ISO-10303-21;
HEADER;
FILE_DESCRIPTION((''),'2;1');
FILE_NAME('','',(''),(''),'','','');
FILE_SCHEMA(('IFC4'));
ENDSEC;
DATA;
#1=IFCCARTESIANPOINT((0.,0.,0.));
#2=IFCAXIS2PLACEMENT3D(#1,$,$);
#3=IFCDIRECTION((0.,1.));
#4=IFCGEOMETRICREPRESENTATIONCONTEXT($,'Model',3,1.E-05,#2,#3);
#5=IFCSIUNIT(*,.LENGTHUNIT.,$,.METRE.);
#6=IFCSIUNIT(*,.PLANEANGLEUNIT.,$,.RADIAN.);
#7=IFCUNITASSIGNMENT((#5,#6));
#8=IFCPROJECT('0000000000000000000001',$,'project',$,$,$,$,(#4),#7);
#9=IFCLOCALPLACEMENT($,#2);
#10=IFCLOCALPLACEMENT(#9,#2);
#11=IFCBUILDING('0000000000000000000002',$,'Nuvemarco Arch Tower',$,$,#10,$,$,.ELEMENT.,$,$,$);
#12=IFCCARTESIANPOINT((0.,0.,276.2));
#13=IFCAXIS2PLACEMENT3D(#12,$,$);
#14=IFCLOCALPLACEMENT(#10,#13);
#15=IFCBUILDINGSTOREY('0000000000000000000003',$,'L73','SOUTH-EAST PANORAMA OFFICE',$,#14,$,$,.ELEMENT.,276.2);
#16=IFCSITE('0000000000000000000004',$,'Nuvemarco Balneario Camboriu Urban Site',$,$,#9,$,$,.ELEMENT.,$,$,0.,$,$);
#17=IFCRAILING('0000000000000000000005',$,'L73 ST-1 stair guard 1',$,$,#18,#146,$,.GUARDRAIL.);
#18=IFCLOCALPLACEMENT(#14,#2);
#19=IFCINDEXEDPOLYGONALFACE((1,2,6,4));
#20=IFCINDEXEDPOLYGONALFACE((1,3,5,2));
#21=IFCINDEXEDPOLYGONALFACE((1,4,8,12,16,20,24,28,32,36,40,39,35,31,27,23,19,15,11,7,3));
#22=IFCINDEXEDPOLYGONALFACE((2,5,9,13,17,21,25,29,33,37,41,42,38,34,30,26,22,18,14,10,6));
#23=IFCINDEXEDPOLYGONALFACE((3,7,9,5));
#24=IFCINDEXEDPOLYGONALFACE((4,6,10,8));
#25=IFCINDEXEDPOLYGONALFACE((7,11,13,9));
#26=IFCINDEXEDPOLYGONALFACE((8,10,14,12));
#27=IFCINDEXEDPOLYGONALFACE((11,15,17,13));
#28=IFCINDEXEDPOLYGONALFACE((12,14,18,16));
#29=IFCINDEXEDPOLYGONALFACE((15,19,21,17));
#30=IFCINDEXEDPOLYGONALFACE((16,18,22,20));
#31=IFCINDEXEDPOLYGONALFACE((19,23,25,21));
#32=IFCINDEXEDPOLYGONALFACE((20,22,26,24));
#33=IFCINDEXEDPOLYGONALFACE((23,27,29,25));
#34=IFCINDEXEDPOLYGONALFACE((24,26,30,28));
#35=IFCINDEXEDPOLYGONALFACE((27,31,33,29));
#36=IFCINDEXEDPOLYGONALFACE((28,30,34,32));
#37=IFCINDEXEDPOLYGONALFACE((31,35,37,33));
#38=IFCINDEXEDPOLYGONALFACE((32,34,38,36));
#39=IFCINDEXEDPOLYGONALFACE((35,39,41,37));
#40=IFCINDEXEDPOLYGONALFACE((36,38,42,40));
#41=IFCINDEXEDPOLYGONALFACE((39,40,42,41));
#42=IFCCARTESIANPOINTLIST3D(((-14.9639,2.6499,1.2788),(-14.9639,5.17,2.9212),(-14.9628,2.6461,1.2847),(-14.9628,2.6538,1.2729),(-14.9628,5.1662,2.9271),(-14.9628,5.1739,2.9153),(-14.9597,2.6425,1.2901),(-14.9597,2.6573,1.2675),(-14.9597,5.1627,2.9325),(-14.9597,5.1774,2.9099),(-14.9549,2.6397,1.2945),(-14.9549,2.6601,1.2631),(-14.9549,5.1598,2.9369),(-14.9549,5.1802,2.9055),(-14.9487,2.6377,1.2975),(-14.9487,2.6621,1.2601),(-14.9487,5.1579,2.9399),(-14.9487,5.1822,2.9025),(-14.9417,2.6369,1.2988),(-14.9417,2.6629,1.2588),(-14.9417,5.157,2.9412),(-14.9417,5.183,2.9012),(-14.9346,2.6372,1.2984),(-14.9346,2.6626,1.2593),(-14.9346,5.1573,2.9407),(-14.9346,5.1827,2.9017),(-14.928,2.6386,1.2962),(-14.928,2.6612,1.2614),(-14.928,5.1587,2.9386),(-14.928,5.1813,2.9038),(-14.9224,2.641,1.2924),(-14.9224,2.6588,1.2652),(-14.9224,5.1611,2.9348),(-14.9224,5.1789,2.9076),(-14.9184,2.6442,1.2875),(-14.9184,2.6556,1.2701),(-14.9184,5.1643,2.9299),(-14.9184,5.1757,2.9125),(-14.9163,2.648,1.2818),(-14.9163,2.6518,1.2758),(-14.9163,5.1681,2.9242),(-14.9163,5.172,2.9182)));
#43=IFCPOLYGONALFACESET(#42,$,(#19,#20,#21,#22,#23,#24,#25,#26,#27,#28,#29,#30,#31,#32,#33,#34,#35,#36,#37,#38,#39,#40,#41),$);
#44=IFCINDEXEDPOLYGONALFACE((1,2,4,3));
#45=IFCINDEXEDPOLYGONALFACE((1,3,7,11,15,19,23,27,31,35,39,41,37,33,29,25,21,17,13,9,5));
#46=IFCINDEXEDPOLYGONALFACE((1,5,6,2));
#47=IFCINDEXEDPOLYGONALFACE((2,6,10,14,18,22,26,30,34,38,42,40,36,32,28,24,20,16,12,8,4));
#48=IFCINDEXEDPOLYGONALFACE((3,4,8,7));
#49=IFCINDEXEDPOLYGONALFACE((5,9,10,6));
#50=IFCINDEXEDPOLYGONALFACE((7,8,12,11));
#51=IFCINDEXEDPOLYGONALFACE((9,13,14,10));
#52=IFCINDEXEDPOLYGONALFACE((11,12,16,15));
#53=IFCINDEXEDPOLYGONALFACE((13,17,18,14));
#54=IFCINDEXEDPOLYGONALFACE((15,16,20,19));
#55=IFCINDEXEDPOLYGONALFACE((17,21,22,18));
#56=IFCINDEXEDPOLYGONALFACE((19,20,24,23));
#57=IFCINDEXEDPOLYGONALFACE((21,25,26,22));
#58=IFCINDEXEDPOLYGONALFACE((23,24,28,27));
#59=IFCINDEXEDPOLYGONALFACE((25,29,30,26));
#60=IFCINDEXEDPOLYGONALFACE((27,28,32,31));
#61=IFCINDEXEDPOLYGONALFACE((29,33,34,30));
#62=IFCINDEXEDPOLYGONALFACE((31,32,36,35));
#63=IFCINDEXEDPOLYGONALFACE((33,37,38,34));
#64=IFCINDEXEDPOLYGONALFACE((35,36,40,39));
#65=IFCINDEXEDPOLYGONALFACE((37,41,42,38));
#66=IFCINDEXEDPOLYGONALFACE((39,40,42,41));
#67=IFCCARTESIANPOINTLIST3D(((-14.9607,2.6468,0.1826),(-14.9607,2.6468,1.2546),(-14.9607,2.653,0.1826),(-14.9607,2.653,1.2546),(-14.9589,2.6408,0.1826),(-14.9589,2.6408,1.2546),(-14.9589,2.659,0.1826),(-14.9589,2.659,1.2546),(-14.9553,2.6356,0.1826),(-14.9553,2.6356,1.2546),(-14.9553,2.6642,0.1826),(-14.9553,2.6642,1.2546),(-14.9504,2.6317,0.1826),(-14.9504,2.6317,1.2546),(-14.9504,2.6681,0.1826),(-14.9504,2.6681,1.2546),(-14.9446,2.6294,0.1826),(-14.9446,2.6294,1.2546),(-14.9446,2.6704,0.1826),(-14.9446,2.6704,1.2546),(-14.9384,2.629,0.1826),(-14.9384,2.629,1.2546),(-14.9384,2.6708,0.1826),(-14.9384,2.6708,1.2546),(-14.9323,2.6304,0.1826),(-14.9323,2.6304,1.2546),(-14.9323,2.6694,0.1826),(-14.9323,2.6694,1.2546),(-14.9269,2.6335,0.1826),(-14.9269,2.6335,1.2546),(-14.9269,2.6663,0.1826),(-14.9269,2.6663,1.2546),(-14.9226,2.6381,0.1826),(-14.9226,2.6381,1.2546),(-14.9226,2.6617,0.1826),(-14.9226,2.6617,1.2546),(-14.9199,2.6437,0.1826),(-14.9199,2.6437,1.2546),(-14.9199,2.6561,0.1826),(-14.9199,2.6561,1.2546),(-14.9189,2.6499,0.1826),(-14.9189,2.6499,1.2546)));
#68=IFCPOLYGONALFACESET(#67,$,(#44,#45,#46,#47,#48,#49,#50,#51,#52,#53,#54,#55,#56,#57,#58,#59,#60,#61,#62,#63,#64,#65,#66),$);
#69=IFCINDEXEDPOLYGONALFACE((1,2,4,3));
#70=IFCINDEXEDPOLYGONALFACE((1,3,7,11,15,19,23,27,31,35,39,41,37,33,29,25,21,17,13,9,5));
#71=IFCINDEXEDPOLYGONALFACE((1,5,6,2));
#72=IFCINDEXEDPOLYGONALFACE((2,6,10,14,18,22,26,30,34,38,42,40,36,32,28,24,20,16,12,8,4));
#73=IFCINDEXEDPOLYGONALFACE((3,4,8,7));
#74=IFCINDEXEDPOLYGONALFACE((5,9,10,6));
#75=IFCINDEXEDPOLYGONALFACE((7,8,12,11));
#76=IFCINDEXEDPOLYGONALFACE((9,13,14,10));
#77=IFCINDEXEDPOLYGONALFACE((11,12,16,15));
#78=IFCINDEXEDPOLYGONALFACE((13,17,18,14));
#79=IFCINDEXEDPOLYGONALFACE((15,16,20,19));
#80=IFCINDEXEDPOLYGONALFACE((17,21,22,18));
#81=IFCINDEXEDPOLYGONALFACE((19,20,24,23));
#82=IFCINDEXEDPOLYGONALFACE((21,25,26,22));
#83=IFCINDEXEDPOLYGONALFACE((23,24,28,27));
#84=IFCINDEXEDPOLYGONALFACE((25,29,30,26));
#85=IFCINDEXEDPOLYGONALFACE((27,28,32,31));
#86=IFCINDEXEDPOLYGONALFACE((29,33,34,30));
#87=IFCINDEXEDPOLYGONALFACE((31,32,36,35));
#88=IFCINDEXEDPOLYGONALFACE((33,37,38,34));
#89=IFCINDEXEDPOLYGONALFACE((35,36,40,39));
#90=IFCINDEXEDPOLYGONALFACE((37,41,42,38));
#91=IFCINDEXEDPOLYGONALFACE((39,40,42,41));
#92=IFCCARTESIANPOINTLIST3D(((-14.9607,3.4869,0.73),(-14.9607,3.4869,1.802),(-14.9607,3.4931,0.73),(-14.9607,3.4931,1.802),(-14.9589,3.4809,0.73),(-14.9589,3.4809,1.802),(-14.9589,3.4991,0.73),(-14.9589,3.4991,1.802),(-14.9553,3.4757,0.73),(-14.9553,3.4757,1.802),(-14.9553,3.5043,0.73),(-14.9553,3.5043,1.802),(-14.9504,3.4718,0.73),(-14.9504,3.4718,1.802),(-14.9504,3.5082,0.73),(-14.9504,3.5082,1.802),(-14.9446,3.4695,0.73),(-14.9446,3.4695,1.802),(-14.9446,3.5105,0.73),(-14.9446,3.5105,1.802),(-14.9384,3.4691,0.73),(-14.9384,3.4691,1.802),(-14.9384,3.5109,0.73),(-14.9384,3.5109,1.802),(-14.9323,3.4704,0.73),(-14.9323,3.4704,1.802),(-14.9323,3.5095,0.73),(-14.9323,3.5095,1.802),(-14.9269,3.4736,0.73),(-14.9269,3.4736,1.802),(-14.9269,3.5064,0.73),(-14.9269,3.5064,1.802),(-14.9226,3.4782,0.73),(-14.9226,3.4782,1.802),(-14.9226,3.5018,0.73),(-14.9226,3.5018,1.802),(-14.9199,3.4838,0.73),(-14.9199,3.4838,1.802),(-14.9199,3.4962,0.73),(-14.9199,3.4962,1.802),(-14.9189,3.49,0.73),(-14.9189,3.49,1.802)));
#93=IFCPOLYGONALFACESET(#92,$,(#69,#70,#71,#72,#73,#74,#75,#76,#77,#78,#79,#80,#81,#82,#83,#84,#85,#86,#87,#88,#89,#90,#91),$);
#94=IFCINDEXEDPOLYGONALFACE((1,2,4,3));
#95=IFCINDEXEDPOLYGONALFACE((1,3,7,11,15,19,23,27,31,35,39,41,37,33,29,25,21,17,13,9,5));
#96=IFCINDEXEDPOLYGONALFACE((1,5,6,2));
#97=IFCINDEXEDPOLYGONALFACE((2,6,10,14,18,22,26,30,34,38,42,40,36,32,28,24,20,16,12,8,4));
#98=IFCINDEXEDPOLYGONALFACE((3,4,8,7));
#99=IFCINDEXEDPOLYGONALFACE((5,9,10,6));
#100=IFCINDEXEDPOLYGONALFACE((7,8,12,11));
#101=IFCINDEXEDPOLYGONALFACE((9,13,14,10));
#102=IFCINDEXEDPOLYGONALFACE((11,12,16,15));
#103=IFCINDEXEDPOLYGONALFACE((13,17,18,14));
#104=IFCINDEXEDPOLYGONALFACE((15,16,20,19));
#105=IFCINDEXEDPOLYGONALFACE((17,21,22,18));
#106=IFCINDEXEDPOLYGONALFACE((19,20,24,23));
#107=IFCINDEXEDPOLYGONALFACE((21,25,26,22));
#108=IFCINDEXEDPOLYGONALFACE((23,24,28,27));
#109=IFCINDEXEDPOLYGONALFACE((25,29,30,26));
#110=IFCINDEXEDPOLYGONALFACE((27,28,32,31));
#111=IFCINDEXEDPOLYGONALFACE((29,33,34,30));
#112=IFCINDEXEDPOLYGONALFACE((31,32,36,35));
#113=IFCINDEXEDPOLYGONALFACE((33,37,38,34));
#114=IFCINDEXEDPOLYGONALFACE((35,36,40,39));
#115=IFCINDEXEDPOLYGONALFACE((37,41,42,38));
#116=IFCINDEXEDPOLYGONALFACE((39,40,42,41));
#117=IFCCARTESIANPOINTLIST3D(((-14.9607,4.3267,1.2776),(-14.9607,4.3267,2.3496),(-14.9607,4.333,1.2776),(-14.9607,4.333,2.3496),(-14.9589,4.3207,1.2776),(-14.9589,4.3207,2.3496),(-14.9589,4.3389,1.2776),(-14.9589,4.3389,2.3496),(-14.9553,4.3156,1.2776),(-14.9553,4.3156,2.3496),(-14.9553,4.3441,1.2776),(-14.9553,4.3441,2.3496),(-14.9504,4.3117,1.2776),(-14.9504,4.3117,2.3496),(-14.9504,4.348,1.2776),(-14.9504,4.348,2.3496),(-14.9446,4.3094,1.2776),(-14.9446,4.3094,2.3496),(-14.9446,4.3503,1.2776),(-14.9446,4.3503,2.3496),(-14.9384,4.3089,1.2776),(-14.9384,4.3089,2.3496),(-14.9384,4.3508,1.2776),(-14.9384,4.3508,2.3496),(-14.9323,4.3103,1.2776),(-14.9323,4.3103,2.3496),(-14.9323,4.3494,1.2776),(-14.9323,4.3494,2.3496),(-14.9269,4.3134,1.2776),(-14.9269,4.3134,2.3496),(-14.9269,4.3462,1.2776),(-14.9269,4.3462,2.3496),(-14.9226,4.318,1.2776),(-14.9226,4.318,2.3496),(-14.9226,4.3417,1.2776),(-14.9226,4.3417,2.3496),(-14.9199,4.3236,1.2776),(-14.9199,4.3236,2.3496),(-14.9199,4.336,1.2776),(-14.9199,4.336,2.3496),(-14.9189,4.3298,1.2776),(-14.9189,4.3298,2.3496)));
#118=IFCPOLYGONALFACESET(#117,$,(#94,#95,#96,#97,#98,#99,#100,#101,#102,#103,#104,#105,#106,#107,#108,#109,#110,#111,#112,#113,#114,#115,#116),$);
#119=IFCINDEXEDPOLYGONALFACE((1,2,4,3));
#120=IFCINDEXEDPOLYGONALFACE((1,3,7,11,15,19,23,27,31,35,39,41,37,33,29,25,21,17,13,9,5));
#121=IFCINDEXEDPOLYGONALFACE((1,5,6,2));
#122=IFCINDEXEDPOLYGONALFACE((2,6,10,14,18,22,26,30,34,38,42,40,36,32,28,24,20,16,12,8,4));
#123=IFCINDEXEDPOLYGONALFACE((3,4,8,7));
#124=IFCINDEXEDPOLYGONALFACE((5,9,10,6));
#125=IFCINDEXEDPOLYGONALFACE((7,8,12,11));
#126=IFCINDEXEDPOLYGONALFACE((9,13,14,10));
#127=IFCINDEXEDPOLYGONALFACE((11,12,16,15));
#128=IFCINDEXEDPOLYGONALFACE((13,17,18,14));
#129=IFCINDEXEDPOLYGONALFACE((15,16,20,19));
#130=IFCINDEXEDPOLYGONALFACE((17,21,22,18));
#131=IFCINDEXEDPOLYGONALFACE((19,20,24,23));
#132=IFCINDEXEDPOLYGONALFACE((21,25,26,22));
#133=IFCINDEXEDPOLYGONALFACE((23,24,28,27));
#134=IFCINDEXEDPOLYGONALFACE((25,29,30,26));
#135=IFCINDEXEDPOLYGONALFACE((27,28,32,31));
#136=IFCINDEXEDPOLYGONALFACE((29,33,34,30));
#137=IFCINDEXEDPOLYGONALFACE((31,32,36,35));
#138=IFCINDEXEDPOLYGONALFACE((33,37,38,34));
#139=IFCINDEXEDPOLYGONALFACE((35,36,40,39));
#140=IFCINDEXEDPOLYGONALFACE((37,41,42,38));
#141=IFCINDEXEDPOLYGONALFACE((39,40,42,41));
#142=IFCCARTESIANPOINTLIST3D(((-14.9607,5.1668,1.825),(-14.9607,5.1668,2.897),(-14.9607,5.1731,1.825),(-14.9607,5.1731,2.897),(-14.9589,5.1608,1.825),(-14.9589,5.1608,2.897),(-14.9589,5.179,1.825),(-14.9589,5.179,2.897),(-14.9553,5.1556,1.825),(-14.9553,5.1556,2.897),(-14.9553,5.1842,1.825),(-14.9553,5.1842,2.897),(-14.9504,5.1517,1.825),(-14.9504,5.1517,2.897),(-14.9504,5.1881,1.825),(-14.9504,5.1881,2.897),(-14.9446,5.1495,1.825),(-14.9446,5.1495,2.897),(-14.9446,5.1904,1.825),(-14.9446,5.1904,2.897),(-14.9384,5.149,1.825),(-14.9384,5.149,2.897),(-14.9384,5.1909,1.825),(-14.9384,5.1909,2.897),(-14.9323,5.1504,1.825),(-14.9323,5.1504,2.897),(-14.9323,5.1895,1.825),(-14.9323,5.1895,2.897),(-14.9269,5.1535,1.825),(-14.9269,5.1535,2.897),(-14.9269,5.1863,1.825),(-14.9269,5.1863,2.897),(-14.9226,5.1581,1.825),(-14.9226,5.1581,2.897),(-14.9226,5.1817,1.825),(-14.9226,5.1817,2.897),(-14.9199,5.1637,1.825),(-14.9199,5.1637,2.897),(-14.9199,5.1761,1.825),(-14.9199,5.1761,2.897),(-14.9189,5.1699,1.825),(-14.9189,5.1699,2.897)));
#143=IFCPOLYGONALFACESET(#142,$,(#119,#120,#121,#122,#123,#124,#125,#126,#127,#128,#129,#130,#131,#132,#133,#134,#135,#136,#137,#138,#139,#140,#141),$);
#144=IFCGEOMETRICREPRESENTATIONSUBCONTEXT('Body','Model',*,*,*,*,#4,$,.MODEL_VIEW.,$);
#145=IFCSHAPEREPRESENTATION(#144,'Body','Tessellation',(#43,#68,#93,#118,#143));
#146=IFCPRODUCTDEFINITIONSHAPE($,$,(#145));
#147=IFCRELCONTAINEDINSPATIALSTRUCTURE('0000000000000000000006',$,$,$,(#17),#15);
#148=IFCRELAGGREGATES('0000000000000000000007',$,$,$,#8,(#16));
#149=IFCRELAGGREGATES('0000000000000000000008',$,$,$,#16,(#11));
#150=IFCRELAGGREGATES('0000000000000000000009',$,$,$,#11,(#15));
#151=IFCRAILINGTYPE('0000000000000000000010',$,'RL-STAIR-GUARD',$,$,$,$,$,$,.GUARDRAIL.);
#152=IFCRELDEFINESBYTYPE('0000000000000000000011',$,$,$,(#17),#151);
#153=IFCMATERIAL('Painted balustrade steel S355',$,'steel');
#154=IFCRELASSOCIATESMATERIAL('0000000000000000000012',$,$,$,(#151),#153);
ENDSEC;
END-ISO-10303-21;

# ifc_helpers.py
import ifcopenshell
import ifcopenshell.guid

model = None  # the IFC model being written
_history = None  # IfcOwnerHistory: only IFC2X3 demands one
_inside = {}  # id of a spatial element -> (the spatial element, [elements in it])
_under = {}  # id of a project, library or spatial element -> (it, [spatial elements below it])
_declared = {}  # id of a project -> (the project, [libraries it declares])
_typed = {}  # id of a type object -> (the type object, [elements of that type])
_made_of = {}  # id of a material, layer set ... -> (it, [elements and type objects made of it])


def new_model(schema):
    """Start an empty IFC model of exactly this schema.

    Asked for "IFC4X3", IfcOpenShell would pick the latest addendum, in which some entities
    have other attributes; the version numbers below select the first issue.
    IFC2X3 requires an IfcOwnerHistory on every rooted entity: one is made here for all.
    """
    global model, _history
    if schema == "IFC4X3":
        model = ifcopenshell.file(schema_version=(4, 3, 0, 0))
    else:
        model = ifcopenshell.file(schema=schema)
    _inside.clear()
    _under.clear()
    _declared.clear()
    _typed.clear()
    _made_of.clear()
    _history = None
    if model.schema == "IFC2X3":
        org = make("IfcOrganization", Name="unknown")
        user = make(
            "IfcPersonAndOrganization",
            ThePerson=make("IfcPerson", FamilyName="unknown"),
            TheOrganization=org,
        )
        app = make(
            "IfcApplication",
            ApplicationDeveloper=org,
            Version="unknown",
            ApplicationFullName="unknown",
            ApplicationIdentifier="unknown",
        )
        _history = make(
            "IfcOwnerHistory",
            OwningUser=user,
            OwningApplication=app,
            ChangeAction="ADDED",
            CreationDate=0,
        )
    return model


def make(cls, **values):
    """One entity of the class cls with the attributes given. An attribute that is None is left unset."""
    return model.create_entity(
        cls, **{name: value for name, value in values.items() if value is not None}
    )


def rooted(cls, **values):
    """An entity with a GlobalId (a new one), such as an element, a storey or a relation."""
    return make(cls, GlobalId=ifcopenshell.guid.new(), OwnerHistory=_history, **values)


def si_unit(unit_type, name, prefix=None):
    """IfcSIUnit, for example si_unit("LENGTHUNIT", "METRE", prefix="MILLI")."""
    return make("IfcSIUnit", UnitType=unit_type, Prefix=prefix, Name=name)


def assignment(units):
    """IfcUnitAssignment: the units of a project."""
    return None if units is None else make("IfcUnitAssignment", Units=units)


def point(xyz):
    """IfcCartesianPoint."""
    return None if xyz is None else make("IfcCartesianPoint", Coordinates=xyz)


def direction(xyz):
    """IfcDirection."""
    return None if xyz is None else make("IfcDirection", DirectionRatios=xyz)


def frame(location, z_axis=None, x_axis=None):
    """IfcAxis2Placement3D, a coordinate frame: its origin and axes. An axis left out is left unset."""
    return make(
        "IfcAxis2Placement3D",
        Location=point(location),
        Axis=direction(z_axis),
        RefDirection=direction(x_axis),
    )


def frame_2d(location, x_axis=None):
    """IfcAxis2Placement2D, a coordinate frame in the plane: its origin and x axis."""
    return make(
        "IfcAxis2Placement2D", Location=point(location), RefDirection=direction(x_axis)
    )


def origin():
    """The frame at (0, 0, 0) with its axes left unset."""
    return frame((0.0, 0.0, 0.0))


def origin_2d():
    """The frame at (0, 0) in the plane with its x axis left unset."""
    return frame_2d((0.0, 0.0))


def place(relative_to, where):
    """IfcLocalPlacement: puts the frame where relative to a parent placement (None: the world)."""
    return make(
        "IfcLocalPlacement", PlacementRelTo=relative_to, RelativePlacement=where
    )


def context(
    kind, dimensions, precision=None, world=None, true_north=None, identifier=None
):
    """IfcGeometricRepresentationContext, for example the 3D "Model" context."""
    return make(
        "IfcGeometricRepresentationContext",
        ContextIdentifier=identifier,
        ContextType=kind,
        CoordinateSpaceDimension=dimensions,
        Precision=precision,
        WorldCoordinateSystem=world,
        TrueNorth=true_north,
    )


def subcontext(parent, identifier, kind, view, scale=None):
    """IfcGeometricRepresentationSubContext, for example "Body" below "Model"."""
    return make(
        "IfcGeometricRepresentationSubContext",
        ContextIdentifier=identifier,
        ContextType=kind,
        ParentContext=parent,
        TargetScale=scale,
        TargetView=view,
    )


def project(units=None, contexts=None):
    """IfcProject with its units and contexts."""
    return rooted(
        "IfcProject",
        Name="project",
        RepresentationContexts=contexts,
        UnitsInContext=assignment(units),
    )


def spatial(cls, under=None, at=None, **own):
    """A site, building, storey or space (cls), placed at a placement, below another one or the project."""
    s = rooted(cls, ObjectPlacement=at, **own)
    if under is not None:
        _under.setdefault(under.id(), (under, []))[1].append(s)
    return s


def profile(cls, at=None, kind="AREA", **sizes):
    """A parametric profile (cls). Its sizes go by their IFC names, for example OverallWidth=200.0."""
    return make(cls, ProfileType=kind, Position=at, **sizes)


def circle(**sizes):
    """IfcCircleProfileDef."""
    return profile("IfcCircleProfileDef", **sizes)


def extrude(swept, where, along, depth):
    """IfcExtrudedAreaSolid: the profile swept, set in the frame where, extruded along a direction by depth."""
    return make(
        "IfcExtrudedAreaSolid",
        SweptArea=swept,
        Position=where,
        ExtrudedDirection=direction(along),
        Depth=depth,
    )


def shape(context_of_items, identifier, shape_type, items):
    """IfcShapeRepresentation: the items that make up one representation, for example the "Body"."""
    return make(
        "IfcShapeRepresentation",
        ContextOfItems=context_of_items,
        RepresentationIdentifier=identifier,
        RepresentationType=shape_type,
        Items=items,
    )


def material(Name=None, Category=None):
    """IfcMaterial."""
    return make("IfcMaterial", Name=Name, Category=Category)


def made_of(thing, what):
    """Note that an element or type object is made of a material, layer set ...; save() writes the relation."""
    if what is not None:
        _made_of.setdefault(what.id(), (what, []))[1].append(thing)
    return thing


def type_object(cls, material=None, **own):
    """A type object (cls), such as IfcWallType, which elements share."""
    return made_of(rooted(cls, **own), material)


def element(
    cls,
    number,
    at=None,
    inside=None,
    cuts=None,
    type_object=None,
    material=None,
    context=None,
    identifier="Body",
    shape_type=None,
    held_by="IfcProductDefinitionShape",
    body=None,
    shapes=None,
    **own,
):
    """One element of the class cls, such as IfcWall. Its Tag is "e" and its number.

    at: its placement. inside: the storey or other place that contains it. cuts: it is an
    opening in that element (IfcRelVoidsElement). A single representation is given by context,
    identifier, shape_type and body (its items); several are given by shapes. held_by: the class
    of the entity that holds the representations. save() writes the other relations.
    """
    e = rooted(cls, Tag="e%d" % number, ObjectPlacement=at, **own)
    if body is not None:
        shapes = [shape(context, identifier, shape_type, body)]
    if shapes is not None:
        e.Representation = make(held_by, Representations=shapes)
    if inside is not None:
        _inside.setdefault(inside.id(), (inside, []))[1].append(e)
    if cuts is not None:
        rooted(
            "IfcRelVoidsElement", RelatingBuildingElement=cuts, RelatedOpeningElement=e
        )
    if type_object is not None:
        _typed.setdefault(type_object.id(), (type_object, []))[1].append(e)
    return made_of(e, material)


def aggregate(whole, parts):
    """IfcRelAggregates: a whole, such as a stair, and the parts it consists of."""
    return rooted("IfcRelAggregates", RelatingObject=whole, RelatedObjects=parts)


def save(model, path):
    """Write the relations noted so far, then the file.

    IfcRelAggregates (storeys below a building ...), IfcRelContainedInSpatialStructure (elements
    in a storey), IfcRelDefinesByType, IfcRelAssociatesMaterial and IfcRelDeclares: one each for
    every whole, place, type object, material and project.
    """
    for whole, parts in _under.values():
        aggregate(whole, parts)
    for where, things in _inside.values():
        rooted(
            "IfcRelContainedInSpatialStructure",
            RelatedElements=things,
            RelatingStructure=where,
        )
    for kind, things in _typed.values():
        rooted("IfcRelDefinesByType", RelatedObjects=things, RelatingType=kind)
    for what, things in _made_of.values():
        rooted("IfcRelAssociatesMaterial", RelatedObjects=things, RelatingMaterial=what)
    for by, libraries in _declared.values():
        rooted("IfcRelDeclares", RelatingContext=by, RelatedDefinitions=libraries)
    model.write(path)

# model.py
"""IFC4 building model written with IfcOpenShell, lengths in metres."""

from ifc_helpers import new_model, si_unit, direction, frame, origin, origin_2d, place, context, subcontext, project, spatial, circle, extrude, material, type_object, element, save


model = new_model("IFC4")

# Units and contexts
model_context = context("Model", 3, precision=1e-05, world=origin(), true_north=direction((0.0, 1.0)))
body_context = subcontext(model_context, "Body", "Model", "MODEL_VIEW")
ifc_project = project(units=[si_unit("LENGTHUNIT", "METRE"), si_unit("PLANEANGLEUNIT", "RADIAN")], contexts=[model_context])

# Site, building, storey
site_placement = place(None, origin())
site = spatial("IfcSite", under=ifc_project, at=site_placement, Name="Nuvemarco Balneario Camboriu Urban Site", CompositionType="ELEMENT", RefElevation=0.0)
building_placement = place(site_placement, origin())
building = spatial("IfcBuilding", under=site, at=building_placement, Name="Nuvemarco Arch Tower", CompositionType="ELEMENT")
storey_placement = place(building_placement, frame((0.0, 0.0, 276.2)))
storey = spatial("IfcBuildingStorey", under=building, at=storey_placement, Name="L73", Description="SOUTH-EAST PANORAMA OFFICE", CompositionType="ELEMENT", Elevation=276.2)

# Railing
ifc_material_1 = material(Name="Painted balustrade steel S355", Category="steel")
railing_type_1 = type_object("IfcRailingType", Name="RL-STAIR-GUARD", PredefinedType="GUARDRAIL", material=ifc_material_1)
railing_1_placement = place(storey_placement, frame((-14.9399, 2.6499, 0.1826)))
element("IfcRailing", 1, at=railing_1_placement, inside=storey, type_object=railing_type_1, Name="L73 ST-1 stair guard 1", PredefinedType="GUARDRAIL", context=body_context, shape_type="SweptSolid", body=[
    extrude(circle(Radius=0.0239, at=origin_2d()), frame((0.0, 0.0, 1.0962), z_axis=(0.0, 0.837787, 0.545998), x_axis=(-1.0, 0.0, 0.0)), (0.0, 0.0, 1.0), 3.0081),
    extrude(circle(Radius=0.021, at=origin_2d()), origin(), (0.0, 0.0, 1.0), 1.072),
    extrude(circle(Radius=0.021, at=origin_2d()), frame((0.0, 0.8401, 0.5474)), (0.0, 0.0, 1.0), 1.072),
    extrude(circle(Radius=0.021, at=origin_2d()), frame((0.0, 1.6799, 1.095)), (0.0, 0.0, 1.0), 1.072),
    extrude(circle(Radius=0.021, at=origin_2d()), frame((0.0, 2.52, 1.6423)), (0.0, 0.0, 1.0), 1.072),
])

save(model, "model.ifc")
